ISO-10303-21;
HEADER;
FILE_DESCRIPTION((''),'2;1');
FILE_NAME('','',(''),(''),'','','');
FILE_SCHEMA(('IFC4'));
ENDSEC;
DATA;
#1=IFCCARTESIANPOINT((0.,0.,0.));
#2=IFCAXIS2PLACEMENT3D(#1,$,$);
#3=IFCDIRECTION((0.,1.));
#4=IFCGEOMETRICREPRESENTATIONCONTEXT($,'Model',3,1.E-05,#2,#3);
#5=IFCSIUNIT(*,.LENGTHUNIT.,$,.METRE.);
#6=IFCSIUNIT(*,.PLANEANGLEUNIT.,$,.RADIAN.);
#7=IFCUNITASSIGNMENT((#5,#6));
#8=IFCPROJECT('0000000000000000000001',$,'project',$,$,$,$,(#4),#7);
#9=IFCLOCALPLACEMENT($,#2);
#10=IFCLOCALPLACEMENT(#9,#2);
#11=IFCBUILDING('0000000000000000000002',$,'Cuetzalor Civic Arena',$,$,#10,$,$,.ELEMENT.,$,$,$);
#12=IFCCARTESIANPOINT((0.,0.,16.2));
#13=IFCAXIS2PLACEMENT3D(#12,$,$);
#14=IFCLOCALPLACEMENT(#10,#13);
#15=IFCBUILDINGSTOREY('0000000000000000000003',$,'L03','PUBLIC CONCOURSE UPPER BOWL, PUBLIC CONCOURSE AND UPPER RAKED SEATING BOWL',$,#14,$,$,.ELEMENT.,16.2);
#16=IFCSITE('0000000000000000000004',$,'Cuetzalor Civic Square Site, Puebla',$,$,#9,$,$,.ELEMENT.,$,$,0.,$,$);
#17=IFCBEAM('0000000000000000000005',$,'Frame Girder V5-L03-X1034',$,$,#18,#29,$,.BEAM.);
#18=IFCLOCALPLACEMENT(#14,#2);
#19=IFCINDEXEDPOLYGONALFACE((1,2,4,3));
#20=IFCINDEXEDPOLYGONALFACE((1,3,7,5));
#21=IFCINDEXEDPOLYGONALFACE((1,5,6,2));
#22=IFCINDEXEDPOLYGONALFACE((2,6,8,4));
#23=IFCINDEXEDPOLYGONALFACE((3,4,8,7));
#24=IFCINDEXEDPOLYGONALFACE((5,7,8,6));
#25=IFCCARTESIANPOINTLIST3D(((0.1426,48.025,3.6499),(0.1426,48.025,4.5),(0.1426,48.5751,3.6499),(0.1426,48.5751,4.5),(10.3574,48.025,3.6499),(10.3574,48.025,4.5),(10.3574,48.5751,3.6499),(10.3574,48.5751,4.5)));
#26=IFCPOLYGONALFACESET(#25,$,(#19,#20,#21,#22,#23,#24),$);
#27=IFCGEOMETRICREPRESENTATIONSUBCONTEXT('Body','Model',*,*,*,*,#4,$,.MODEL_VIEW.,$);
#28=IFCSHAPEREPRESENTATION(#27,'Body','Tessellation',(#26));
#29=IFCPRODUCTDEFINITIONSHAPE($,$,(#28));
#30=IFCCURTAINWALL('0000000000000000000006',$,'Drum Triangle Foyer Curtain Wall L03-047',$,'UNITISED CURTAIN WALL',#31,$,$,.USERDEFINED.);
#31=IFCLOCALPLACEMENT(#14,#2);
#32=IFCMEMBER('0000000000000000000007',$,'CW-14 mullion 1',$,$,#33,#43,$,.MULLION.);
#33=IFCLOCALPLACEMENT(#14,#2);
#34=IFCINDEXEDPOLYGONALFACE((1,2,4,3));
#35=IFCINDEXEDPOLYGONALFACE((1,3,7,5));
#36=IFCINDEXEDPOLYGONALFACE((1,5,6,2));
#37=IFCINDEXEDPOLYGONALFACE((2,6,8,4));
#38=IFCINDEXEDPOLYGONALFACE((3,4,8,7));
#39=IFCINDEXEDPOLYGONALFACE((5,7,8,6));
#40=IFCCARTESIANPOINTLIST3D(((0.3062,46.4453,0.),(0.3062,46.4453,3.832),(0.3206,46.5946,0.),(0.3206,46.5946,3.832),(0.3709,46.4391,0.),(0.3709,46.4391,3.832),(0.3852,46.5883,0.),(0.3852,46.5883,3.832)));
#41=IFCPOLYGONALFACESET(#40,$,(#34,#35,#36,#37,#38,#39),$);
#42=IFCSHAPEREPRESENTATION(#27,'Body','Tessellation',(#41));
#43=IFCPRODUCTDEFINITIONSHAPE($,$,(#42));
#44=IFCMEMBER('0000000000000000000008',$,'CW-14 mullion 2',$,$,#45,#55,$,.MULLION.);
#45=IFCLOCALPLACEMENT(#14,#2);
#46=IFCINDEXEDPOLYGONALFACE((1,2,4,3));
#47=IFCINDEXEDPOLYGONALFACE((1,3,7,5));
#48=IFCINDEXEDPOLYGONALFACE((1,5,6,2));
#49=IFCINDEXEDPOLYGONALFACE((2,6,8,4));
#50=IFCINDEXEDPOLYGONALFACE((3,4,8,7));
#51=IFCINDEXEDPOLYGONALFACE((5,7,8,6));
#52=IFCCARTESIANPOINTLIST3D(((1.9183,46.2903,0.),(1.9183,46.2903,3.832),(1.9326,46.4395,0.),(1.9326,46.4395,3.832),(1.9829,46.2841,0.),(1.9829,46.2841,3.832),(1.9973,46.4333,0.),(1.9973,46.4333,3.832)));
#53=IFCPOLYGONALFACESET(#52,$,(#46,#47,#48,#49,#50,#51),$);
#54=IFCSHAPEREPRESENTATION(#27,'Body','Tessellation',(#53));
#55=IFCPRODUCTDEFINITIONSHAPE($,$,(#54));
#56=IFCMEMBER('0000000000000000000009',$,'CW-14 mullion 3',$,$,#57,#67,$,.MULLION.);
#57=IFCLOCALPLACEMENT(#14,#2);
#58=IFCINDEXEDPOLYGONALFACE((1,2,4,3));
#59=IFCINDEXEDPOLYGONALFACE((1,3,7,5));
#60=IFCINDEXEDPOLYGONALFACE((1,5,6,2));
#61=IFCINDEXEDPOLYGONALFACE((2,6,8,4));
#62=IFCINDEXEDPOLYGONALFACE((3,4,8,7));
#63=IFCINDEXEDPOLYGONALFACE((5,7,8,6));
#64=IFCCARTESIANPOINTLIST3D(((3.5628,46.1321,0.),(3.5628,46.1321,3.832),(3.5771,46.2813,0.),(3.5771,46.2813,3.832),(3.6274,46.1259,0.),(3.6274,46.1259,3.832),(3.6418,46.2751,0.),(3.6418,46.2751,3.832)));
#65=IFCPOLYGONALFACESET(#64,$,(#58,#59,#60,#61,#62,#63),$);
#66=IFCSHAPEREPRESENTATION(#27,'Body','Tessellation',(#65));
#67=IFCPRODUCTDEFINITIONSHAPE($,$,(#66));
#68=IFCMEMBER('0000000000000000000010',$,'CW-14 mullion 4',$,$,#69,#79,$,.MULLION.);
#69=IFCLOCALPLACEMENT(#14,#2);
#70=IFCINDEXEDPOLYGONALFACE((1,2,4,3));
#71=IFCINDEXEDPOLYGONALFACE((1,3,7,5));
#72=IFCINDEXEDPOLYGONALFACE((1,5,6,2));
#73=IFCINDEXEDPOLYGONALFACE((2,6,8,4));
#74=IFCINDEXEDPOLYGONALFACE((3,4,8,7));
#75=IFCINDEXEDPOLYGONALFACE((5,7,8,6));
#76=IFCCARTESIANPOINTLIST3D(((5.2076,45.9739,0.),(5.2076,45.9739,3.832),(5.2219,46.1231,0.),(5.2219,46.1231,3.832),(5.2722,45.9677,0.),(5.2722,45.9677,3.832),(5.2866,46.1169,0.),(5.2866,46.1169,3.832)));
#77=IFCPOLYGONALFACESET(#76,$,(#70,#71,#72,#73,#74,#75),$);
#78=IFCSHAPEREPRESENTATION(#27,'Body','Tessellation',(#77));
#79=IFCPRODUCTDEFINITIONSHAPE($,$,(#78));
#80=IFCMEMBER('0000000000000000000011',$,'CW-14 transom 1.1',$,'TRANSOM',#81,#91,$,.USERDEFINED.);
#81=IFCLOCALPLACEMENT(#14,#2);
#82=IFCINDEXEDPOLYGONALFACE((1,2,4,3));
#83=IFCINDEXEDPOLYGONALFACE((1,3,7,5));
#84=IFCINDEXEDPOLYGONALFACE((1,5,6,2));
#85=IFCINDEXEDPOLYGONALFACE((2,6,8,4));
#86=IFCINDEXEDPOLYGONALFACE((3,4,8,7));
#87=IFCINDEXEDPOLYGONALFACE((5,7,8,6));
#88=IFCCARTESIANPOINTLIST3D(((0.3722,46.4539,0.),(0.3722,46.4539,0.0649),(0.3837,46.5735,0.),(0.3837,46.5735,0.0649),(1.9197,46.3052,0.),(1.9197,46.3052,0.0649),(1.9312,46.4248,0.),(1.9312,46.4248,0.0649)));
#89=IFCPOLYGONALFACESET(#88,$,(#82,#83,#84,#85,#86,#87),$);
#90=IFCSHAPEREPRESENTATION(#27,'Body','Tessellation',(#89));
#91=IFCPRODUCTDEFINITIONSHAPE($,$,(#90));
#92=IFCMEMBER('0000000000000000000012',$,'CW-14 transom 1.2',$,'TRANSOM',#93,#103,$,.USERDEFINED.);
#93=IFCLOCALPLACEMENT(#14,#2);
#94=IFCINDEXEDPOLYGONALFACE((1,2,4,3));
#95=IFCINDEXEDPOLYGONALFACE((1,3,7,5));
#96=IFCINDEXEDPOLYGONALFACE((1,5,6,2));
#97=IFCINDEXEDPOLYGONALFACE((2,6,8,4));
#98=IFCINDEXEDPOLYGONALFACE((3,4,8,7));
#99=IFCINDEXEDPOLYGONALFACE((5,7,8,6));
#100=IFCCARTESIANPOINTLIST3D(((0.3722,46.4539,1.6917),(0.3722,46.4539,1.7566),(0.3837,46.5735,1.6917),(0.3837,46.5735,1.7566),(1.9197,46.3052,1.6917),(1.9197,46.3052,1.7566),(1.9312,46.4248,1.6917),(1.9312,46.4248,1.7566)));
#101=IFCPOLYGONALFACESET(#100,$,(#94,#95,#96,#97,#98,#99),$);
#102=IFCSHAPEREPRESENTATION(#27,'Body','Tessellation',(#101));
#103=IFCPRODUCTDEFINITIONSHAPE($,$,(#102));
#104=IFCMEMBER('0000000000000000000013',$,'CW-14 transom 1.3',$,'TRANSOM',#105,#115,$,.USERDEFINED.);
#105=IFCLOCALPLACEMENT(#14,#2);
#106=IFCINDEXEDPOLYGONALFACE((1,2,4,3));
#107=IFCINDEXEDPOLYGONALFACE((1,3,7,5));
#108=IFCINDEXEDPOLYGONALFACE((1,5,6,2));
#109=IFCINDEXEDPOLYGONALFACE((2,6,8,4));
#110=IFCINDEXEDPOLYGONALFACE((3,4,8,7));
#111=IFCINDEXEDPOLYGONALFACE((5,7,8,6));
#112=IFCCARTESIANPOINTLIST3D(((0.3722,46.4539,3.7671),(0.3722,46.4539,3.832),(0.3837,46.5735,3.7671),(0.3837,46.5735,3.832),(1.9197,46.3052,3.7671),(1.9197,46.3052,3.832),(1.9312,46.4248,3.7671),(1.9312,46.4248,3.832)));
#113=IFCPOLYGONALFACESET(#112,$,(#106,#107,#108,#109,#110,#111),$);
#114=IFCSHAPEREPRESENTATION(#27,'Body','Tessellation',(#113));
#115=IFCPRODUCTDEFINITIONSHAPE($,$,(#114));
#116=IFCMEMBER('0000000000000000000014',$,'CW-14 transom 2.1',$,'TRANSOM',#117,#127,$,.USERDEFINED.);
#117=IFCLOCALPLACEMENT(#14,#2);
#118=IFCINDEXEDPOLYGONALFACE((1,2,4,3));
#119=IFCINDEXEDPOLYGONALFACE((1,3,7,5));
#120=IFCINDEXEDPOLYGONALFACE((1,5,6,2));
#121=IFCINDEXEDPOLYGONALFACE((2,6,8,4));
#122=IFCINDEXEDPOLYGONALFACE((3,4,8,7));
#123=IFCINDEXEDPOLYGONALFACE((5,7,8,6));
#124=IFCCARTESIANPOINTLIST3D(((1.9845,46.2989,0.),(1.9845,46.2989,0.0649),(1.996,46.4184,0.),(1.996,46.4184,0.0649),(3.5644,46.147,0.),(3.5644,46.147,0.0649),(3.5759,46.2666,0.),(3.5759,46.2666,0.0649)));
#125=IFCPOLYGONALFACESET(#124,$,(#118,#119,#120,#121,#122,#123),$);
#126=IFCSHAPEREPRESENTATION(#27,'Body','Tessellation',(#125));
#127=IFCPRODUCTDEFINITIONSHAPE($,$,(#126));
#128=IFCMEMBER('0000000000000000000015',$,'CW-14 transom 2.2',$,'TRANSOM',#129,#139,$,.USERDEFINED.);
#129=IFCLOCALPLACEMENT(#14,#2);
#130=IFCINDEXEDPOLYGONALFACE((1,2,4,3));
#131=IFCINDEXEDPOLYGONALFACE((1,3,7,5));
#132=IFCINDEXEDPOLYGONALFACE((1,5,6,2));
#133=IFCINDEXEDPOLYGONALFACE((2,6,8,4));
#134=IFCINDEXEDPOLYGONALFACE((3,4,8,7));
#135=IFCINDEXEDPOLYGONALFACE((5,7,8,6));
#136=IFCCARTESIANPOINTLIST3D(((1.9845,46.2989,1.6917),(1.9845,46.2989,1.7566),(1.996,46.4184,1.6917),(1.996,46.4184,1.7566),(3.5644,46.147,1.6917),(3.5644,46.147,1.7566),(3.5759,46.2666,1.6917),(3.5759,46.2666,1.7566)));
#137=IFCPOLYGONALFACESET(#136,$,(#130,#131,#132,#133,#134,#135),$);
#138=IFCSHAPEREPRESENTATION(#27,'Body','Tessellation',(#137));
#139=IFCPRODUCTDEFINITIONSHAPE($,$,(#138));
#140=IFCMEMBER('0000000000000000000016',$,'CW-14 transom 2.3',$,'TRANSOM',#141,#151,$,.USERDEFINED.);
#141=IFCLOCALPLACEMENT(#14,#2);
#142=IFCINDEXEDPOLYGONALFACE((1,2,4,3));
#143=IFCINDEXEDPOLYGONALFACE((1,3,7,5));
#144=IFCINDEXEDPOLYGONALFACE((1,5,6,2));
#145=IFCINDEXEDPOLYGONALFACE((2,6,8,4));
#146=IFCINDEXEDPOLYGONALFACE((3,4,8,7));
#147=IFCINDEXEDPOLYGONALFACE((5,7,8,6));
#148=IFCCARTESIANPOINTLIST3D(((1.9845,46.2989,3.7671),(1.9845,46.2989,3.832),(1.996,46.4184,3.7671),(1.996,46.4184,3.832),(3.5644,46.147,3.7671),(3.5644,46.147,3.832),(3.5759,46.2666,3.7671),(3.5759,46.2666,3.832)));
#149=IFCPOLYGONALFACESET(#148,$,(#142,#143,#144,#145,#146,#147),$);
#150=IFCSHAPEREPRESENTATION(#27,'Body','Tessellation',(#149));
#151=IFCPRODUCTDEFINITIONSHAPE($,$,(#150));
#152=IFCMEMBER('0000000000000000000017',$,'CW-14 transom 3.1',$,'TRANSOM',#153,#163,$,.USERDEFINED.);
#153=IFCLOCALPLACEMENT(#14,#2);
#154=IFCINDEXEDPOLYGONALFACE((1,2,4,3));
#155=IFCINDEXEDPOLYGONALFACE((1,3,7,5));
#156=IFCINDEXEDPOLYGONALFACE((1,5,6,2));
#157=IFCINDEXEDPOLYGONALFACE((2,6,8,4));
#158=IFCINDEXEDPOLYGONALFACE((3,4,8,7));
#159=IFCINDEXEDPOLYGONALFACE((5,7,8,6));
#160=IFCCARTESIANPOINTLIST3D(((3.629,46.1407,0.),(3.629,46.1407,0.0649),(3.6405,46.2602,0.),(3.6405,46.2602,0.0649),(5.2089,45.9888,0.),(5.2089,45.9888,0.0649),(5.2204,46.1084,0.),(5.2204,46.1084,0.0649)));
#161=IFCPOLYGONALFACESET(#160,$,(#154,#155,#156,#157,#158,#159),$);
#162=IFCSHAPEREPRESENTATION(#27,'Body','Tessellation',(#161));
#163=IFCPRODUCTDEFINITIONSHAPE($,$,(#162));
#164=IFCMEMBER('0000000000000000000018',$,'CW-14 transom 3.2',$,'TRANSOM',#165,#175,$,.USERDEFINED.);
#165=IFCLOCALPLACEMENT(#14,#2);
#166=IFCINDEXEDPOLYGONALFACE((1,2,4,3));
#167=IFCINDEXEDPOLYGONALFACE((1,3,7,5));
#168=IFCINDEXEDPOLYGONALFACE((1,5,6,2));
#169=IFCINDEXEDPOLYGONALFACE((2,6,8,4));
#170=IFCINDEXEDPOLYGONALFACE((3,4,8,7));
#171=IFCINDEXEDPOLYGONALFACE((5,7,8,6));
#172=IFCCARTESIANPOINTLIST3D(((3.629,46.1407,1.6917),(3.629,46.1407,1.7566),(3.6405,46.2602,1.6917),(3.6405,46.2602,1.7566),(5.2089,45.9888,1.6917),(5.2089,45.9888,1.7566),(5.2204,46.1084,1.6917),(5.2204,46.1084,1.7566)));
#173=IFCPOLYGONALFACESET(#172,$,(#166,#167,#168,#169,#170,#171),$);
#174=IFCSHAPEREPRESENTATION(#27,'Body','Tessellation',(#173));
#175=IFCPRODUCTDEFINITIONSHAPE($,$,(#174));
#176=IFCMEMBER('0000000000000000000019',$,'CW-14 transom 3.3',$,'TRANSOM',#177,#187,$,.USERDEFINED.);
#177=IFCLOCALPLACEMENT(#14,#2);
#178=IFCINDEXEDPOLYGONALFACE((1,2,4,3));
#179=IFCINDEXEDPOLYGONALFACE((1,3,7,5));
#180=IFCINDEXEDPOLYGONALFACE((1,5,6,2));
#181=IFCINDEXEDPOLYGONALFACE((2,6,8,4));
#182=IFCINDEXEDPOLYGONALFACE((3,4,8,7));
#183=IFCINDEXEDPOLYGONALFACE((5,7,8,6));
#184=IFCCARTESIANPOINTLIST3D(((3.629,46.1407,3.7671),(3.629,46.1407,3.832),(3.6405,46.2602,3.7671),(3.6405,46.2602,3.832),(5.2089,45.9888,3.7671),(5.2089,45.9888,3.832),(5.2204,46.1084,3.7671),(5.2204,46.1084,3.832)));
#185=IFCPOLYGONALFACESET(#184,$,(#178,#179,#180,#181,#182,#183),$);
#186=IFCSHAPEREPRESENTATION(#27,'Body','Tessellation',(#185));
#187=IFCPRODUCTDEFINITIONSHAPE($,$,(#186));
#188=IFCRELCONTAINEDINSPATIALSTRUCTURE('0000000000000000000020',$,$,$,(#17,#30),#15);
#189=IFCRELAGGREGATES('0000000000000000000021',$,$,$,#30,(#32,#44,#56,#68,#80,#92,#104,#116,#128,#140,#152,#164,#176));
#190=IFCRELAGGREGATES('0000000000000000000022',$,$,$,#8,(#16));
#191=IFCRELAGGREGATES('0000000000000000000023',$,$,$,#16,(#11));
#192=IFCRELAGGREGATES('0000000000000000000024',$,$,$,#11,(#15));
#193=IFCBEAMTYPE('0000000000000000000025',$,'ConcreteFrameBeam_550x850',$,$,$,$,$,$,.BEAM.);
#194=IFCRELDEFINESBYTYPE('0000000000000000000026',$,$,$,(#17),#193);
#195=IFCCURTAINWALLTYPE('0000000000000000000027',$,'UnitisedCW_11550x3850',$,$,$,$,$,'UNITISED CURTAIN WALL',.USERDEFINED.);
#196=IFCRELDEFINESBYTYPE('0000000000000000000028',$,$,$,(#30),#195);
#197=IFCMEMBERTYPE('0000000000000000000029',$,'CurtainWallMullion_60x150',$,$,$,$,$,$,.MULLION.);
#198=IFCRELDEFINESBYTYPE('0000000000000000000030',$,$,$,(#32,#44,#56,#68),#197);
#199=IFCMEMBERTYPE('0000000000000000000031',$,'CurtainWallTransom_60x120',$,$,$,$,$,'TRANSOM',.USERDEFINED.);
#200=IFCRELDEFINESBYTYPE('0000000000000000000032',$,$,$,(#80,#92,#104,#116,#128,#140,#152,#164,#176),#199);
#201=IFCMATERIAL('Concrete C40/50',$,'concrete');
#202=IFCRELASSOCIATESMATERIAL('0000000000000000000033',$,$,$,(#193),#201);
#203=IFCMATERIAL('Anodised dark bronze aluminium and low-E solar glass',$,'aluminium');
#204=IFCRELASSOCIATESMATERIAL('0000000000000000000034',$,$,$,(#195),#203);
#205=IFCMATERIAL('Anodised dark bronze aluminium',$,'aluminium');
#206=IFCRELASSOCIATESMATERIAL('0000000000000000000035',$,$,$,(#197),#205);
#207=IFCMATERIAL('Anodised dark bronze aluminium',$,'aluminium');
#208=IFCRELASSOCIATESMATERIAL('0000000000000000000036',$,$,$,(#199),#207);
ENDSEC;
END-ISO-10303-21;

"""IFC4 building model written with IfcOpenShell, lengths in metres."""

from ifc_helpers import new_model, si_unit, direction, frame, origin, origin_2d, place, context, subcontext, project, spatial, rectangle, extrude, material, material_profile, profile_set, type_object, element, aggregate, save


model = new_model("IFC4")

# Units and contexts
model_context = context("Model", 3, precision=1e-05, world=origin(), true_north=direction((0.0, 1.0)))
body_context = subcontext(model_context, "Body", "Model", "MODEL_VIEW")
ifc_project = project(units=[si_unit("LENGTHUNIT", "METRE"), si_unit("PLANEANGLEUNIT", "RADIAN")], contexts=[model_context])

# Site, building, storey
site_placement = place(None, origin())
site = spatial("IfcSite", under=ifc_project, at=site_placement, Name="Cuetzalor Civic Square Site, Puebla", CompositionType="ELEMENT", RefElevation=0.0)
building_placement = place(site_placement, origin())
building = spatial("IfcBuilding", under=site, at=building_placement, Name="Cuetzalor Civic Arena", CompositionType="ELEMENT")
storey_placement = place(building_placement, frame((0.0, 0.0, 16.2)))
storey = spatial("IfcBuildingStorey", under=building, at=storey_placement, Name="L03", Description="PUBLIC CONCOURSE UPPER BOWL, PUBLIC CONCOURSE AND UPPER RAKED SEATING BOWL", CompositionType="ELEMENT", Elevation=16.2)

# Beam
ifc_material_1 = material(Name="Concrete C40/50", Category="concrete")
ifc_material_profile_1 = material_profile(ifc_material_1, rectangle(XDim=0.55, YDim=0.8501, at=origin_2d()), Name="RC 550x850")
ifc_profile_set_1 = profile_set([ifc_material_profile_1], Name="Concrete C40/50")
beam_type = type_object("IfcBeamType", Name="ConcreteFrameBeam_550x850", PredefinedType="BEAM", material=ifc_profile_set_1)
beam_placement = place(storey_placement, frame((0.1426, 48.3, 4.075), z_axis=(1.0, 0.0, 0.0), x_axis=(0.0, 1.0, 0.0)))
element("IfcBeam", 1, at=beam_placement, inside=storey, type_object=beam_type, Name="Frame Girder V5-L03-X1034", PredefinedType="BEAM", context=body_context, shape_type="SweptSolid", body=[
    extrude(rectangle(XDim=0.55, YDim=0.8501, at=origin_2d()), origin(), (0.0, 0.0, 1.0), 10.2148),
])

# Curtain wall, members
ifc_material_2 = material(Name="Anodised dark bronze aluminium and low-E solar glass", Category="aluminium")
curtain_wall_type = type_object("IfcCurtainWallType", Name="UnitisedCW_11550x3850", ElementType="UNITISED CURTAIN WALL", PredefinedType="USERDEFINED", material=ifc_material_2)
curtain_wall_placement = place(storey_placement, origin())
curtain_wall = element("IfcCurtainWall", 2, at=curtain_wall_placement, inside=storey, type_object=curtain_wall_type, Name="Drum Triangle Foyer Curtain Wall L03-047", ObjectType="UNITISED CURTAIN WALL", PredefinedType="USERDEFINED")
ifc_material_3 = material(Name="Anodised dark bronze aluminium", Category="aluminium")
ifc_material_profile_2 = material_profile(ifc_material_3, rectangle(XDim=0.0649, YDim=0.1499, at=origin_2d()), Name="ALU MULLION 65x150")
ifc_profile_set_2 = profile_set([ifc_material_profile_2], Name="Anodised dark bronze aluminium")
member_type_1 = type_object("IfcMemberType", Name="CurtainWallMullion_60x150", PredefinedType="MULLION", material=ifc_profile_set_2)
member_1_placement = place(storey_placement, frame((0.3457, 46.5168, 0.0), z_axis=(0.0, 0.0, 1.0), x_axis=(0.995409, -0.095711, 0.0)))
member_1 = element("IfcMember", 3, at=member_1_placement, type_object=member_type_1, Name="CW-14 mullion 1", PredefinedType="MULLION", context=body_context, shape_type="SweptSolid", body=[
    extrude(rectangle(XDim=0.0649, YDim=0.1499, at=origin_2d()), origin(), (0.0, 0.0, 1.0), 3.832),
])
member_2_placement = place(storey_placement, frame((1.9578, 46.3618, 0.0), z_axis=(0.0, 0.0, 1.0), x_axis=(0.995409, -0.095711, 0.0)))
member_2 = element("IfcMember", 4, at=member_2_placement, type_object=member_type_1, Name="CW-14 mullion 2", PredefinedType="MULLION", context=body_context, shape_type="SweptSolid", body=[
    extrude(rectangle(XDim=0.0649, YDim=0.1499, at=origin_2d()), origin(), (0.0, 0.0, 1.0), 3.832),
])
member_3_placement = place(storey_placement, frame((3.6023, 46.2036, 0.0), z_axis=(0.0, 0.0, 1.0), x_axis=(0.995409, -0.095711, 0.0)))
member_3 = element("IfcMember", 5, at=member_3_placement, type_object=member_type_1, Name="CW-14 mullion 3", PredefinedType="MULLION", context=body_context, shape_type="SweptSolid", body=[
    extrude(rectangle(XDim=0.0649, YDim=0.1499, at=origin_2d()), origin(), (0.0, 0.0, 1.0), 3.832),
])
member_4_placement = place(storey_placement, frame((5.2471, 46.0454, 0.0), z_axis=(0.0, 0.0, 1.0), x_axis=(0.995409, -0.095711, 0.0)))
member_4 = element("IfcMember", 6, at=member_4_placement, type_object=member_type_1, Name="CW-14 mullion 4", PredefinedType="MULLION", context=body_context, shape_type="SweptSolid", body=[
    extrude(rectangle(XDim=0.0649, YDim=0.1499, at=origin_2d()), origin(), (0.0, 0.0, 1.0), 3.832),
])
ifc_material_4 = material(Name="Anodised dark bronze aluminium", Category="aluminium")
ifc_material_profile_3 = material_profile(ifc_material_4, rectangle(XDim=0.1201, YDim=0.0649, at=origin_2d()), Name="ALU TRANSOM 65x120")
ifc_profile_set_3 = profile_set([ifc_material_profile_3], Name="Anodised dark bronze aluminium")
member_type_2 = type_object("IfcMemberType", Name="CurtainWallTransom_60x120", ElementType="TRANSOM", PredefinedType="USERDEFINED", material=ifc_profile_set_3)
member_5_placement = place(storey_placement, frame((0.3779, 46.5137, 0.0325), z_axis=(0.995417, -0.095632, 0.0), x_axis=(0.095632, 0.995417, 0.0)))
member_5 = element("IfcMember", 7, at=member_5_placement, type_object=member_type_2, Name="CW-14 transom 1.1", ObjectType="TRANSOM", PredefinedType="USERDEFINED", context=body_context, shape_type="SweptSolid", body=[
    extrude(rectangle(XDim=0.1201, YDim=0.0649, at=origin_2d()), origin(), (0.0, 0.0, 1.0), 1.5547),
])
member_6_placement = place(storey_placement, frame((0.3779, 46.5137, 1.7241), z_axis=(0.995417, -0.095632, 0.0), x_axis=(0.095632, 0.995417, 0.0)))
member_6 = element("IfcMember", 8, at=member_6_placement, type_object=member_type_2, Name="CW-14 transom 1.2", ObjectType="TRANSOM", PredefinedType="USERDEFINED", context=body_context, shape_type="SweptSolid", body=[
    extrude(rectangle(XDim=0.1201, YDim=0.0649, at=origin_2d()), origin(), (0.0, 0.0, 1.0), 1.5547),
])
member_7_placement = place(storey_placement, frame((0.3779, 46.5137, 3.7996), z_axis=(0.995417, -0.095632, 0.0), x_axis=(0.095632, 0.995417, 0.0)))
member_7 = element("IfcMember", 9, at=member_7_placement, type_object=member_type_2, Name="CW-14 transom 1.3", ObjectType="TRANSOM", PredefinedType="USERDEFINED", context=body_context, shape_type="SweptSolid", body=[
    extrude(rectangle(XDim=0.1201, YDim=0.0649, at=origin_2d()), origin(), (0.0, 0.0, 1.0), 1.5547),
])
member_8_placement = place(storey_placement, frame((1.9902, 46.3586, 0.0325), z_axis=(0.995412, -0.09568, 0.0), x_axis=(0.09568, 0.995412, 0.0)))
member_8 = element("IfcMember", 10, at=member_8_placement, type_object=member_type_2, Name="CW-14 transom 2.1", ObjectType="TRANSOM", PredefinedType="USERDEFINED", context=body_context, shape_type="SweptSolid", body=[
    extrude(rectangle(XDim=0.1201, YDim=0.0649, at=origin_2d()), origin(), (0.0, 0.0, 1.0), 1.5872),
])
member_9_placement = place(storey_placement, frame((1.9902, 46.3586, 1.7241), z_axis=(0.995412, -0.09568, 0.0), x_axis=(0.09568, 0.995412, 0.0)))
member_9 = element("IfcMember", 11, at=member_9_placement, type_object=member_type_2, Name="CW-14 transom 2.2", ObjectType="TRANSOM", PredefinedType="USERDEFINED", context=body_context, shape_type="SweptSolid", body=[
    extrude(rectangle(XDim=0.1201, YDim=0.0649, at=origin_2d()), origin(), (0.0, 0.0, 1.0), 1.5872),
])
member_10_placement = place(storey_placement, frame((1.9902, 46.3586, 3.7996), z_axis=(0.995412, -0.09568, 0.0), x_axis=(0.09568, 0.995412, 0.0)))
member_10 = element("IfcMember", 12, at=member_10_placement, type_object=member_type_2, Name="CW-14 transom 2.3", ObjectType="TRANSOM", PredefinedType="USERDEFINED", context=body_context, shape_type="SweptSolid", body=[
    extrude(rectangle(XDim=0.1201, YDim=0.0649, at=origin_2d()), origin(), (0.0, 0.0, 1.0), 1.5872),
])
member_11_placement = place(storey_placement, frame((3.6348, 46.2004, 0.0325), z_axis=(0.995412, -0.09568, 0.0), x_axis=(0.09568, 0.995412, 0.0)))
member_11 = element("IfcMember", 13, at=member_11_placement, type_object=member_type_2, Name="CW-14 transom 3.1", ObjectType="TRANSOM", PredefinedType="USERDEFINED", context=body_context, shape_type="SweptSolid", body=[
    extrude(rectangle(XDim=0.1201, YDim=0.0649, at=origin_2d()), origin(), (0.0, 0.0, 1.0), 1.5872),
])
member_12_placement = place(storey_placement, frame((3.6348, 46.2004, 1.7241), z_axis=(0.995412, -0.09568, 0.0), x_axis=(0.09568, 0.995412, 0.0)))
member_12 = element("IfcMember", 14, at=member_12_placement, type_object=member_type_2, Name="CW-14 transom 3.2", ObjectType="TRANSOM", PredefinedType="USERDEFINED", context=body_context, shape_type="SweptSolid", body=[
    extrude(rectangle(XDim=0.1201, YDim=0.0649, at=origin_2d()), origin(), (0.0, 0.0, 1.0), 1.5872),
])
member_13_placement = place(storey_placement, frame((3.6348, 46.2004, 3.7996), z_axis=(0.995412, -0.09568, 0.0), x_axis=(0.09568, 0.995412, 0.0)))
member_13 = element("IfcMember", 15, at=member_13_placement, type_object=member_type_2, Name="CW-14 transom 3.3", ObjectType="TRANSOM", PredefinedType="USERDEFINED", context=body_context, shape_type="SweptSolid", body=[
    extrude(rectangle(XDim=0.1201, YDim=0.0649, at=origin_2d()), origin(), (0.0, 0.0, 1.0), 1.5872),
])
aggregate(curtain_wall, [member_1, member_2, member_3, member_4, member_5, member_6, member_7, member_8, member_9, member_10, member_11, member_12, member_13])

save(model, "model.ifc")
